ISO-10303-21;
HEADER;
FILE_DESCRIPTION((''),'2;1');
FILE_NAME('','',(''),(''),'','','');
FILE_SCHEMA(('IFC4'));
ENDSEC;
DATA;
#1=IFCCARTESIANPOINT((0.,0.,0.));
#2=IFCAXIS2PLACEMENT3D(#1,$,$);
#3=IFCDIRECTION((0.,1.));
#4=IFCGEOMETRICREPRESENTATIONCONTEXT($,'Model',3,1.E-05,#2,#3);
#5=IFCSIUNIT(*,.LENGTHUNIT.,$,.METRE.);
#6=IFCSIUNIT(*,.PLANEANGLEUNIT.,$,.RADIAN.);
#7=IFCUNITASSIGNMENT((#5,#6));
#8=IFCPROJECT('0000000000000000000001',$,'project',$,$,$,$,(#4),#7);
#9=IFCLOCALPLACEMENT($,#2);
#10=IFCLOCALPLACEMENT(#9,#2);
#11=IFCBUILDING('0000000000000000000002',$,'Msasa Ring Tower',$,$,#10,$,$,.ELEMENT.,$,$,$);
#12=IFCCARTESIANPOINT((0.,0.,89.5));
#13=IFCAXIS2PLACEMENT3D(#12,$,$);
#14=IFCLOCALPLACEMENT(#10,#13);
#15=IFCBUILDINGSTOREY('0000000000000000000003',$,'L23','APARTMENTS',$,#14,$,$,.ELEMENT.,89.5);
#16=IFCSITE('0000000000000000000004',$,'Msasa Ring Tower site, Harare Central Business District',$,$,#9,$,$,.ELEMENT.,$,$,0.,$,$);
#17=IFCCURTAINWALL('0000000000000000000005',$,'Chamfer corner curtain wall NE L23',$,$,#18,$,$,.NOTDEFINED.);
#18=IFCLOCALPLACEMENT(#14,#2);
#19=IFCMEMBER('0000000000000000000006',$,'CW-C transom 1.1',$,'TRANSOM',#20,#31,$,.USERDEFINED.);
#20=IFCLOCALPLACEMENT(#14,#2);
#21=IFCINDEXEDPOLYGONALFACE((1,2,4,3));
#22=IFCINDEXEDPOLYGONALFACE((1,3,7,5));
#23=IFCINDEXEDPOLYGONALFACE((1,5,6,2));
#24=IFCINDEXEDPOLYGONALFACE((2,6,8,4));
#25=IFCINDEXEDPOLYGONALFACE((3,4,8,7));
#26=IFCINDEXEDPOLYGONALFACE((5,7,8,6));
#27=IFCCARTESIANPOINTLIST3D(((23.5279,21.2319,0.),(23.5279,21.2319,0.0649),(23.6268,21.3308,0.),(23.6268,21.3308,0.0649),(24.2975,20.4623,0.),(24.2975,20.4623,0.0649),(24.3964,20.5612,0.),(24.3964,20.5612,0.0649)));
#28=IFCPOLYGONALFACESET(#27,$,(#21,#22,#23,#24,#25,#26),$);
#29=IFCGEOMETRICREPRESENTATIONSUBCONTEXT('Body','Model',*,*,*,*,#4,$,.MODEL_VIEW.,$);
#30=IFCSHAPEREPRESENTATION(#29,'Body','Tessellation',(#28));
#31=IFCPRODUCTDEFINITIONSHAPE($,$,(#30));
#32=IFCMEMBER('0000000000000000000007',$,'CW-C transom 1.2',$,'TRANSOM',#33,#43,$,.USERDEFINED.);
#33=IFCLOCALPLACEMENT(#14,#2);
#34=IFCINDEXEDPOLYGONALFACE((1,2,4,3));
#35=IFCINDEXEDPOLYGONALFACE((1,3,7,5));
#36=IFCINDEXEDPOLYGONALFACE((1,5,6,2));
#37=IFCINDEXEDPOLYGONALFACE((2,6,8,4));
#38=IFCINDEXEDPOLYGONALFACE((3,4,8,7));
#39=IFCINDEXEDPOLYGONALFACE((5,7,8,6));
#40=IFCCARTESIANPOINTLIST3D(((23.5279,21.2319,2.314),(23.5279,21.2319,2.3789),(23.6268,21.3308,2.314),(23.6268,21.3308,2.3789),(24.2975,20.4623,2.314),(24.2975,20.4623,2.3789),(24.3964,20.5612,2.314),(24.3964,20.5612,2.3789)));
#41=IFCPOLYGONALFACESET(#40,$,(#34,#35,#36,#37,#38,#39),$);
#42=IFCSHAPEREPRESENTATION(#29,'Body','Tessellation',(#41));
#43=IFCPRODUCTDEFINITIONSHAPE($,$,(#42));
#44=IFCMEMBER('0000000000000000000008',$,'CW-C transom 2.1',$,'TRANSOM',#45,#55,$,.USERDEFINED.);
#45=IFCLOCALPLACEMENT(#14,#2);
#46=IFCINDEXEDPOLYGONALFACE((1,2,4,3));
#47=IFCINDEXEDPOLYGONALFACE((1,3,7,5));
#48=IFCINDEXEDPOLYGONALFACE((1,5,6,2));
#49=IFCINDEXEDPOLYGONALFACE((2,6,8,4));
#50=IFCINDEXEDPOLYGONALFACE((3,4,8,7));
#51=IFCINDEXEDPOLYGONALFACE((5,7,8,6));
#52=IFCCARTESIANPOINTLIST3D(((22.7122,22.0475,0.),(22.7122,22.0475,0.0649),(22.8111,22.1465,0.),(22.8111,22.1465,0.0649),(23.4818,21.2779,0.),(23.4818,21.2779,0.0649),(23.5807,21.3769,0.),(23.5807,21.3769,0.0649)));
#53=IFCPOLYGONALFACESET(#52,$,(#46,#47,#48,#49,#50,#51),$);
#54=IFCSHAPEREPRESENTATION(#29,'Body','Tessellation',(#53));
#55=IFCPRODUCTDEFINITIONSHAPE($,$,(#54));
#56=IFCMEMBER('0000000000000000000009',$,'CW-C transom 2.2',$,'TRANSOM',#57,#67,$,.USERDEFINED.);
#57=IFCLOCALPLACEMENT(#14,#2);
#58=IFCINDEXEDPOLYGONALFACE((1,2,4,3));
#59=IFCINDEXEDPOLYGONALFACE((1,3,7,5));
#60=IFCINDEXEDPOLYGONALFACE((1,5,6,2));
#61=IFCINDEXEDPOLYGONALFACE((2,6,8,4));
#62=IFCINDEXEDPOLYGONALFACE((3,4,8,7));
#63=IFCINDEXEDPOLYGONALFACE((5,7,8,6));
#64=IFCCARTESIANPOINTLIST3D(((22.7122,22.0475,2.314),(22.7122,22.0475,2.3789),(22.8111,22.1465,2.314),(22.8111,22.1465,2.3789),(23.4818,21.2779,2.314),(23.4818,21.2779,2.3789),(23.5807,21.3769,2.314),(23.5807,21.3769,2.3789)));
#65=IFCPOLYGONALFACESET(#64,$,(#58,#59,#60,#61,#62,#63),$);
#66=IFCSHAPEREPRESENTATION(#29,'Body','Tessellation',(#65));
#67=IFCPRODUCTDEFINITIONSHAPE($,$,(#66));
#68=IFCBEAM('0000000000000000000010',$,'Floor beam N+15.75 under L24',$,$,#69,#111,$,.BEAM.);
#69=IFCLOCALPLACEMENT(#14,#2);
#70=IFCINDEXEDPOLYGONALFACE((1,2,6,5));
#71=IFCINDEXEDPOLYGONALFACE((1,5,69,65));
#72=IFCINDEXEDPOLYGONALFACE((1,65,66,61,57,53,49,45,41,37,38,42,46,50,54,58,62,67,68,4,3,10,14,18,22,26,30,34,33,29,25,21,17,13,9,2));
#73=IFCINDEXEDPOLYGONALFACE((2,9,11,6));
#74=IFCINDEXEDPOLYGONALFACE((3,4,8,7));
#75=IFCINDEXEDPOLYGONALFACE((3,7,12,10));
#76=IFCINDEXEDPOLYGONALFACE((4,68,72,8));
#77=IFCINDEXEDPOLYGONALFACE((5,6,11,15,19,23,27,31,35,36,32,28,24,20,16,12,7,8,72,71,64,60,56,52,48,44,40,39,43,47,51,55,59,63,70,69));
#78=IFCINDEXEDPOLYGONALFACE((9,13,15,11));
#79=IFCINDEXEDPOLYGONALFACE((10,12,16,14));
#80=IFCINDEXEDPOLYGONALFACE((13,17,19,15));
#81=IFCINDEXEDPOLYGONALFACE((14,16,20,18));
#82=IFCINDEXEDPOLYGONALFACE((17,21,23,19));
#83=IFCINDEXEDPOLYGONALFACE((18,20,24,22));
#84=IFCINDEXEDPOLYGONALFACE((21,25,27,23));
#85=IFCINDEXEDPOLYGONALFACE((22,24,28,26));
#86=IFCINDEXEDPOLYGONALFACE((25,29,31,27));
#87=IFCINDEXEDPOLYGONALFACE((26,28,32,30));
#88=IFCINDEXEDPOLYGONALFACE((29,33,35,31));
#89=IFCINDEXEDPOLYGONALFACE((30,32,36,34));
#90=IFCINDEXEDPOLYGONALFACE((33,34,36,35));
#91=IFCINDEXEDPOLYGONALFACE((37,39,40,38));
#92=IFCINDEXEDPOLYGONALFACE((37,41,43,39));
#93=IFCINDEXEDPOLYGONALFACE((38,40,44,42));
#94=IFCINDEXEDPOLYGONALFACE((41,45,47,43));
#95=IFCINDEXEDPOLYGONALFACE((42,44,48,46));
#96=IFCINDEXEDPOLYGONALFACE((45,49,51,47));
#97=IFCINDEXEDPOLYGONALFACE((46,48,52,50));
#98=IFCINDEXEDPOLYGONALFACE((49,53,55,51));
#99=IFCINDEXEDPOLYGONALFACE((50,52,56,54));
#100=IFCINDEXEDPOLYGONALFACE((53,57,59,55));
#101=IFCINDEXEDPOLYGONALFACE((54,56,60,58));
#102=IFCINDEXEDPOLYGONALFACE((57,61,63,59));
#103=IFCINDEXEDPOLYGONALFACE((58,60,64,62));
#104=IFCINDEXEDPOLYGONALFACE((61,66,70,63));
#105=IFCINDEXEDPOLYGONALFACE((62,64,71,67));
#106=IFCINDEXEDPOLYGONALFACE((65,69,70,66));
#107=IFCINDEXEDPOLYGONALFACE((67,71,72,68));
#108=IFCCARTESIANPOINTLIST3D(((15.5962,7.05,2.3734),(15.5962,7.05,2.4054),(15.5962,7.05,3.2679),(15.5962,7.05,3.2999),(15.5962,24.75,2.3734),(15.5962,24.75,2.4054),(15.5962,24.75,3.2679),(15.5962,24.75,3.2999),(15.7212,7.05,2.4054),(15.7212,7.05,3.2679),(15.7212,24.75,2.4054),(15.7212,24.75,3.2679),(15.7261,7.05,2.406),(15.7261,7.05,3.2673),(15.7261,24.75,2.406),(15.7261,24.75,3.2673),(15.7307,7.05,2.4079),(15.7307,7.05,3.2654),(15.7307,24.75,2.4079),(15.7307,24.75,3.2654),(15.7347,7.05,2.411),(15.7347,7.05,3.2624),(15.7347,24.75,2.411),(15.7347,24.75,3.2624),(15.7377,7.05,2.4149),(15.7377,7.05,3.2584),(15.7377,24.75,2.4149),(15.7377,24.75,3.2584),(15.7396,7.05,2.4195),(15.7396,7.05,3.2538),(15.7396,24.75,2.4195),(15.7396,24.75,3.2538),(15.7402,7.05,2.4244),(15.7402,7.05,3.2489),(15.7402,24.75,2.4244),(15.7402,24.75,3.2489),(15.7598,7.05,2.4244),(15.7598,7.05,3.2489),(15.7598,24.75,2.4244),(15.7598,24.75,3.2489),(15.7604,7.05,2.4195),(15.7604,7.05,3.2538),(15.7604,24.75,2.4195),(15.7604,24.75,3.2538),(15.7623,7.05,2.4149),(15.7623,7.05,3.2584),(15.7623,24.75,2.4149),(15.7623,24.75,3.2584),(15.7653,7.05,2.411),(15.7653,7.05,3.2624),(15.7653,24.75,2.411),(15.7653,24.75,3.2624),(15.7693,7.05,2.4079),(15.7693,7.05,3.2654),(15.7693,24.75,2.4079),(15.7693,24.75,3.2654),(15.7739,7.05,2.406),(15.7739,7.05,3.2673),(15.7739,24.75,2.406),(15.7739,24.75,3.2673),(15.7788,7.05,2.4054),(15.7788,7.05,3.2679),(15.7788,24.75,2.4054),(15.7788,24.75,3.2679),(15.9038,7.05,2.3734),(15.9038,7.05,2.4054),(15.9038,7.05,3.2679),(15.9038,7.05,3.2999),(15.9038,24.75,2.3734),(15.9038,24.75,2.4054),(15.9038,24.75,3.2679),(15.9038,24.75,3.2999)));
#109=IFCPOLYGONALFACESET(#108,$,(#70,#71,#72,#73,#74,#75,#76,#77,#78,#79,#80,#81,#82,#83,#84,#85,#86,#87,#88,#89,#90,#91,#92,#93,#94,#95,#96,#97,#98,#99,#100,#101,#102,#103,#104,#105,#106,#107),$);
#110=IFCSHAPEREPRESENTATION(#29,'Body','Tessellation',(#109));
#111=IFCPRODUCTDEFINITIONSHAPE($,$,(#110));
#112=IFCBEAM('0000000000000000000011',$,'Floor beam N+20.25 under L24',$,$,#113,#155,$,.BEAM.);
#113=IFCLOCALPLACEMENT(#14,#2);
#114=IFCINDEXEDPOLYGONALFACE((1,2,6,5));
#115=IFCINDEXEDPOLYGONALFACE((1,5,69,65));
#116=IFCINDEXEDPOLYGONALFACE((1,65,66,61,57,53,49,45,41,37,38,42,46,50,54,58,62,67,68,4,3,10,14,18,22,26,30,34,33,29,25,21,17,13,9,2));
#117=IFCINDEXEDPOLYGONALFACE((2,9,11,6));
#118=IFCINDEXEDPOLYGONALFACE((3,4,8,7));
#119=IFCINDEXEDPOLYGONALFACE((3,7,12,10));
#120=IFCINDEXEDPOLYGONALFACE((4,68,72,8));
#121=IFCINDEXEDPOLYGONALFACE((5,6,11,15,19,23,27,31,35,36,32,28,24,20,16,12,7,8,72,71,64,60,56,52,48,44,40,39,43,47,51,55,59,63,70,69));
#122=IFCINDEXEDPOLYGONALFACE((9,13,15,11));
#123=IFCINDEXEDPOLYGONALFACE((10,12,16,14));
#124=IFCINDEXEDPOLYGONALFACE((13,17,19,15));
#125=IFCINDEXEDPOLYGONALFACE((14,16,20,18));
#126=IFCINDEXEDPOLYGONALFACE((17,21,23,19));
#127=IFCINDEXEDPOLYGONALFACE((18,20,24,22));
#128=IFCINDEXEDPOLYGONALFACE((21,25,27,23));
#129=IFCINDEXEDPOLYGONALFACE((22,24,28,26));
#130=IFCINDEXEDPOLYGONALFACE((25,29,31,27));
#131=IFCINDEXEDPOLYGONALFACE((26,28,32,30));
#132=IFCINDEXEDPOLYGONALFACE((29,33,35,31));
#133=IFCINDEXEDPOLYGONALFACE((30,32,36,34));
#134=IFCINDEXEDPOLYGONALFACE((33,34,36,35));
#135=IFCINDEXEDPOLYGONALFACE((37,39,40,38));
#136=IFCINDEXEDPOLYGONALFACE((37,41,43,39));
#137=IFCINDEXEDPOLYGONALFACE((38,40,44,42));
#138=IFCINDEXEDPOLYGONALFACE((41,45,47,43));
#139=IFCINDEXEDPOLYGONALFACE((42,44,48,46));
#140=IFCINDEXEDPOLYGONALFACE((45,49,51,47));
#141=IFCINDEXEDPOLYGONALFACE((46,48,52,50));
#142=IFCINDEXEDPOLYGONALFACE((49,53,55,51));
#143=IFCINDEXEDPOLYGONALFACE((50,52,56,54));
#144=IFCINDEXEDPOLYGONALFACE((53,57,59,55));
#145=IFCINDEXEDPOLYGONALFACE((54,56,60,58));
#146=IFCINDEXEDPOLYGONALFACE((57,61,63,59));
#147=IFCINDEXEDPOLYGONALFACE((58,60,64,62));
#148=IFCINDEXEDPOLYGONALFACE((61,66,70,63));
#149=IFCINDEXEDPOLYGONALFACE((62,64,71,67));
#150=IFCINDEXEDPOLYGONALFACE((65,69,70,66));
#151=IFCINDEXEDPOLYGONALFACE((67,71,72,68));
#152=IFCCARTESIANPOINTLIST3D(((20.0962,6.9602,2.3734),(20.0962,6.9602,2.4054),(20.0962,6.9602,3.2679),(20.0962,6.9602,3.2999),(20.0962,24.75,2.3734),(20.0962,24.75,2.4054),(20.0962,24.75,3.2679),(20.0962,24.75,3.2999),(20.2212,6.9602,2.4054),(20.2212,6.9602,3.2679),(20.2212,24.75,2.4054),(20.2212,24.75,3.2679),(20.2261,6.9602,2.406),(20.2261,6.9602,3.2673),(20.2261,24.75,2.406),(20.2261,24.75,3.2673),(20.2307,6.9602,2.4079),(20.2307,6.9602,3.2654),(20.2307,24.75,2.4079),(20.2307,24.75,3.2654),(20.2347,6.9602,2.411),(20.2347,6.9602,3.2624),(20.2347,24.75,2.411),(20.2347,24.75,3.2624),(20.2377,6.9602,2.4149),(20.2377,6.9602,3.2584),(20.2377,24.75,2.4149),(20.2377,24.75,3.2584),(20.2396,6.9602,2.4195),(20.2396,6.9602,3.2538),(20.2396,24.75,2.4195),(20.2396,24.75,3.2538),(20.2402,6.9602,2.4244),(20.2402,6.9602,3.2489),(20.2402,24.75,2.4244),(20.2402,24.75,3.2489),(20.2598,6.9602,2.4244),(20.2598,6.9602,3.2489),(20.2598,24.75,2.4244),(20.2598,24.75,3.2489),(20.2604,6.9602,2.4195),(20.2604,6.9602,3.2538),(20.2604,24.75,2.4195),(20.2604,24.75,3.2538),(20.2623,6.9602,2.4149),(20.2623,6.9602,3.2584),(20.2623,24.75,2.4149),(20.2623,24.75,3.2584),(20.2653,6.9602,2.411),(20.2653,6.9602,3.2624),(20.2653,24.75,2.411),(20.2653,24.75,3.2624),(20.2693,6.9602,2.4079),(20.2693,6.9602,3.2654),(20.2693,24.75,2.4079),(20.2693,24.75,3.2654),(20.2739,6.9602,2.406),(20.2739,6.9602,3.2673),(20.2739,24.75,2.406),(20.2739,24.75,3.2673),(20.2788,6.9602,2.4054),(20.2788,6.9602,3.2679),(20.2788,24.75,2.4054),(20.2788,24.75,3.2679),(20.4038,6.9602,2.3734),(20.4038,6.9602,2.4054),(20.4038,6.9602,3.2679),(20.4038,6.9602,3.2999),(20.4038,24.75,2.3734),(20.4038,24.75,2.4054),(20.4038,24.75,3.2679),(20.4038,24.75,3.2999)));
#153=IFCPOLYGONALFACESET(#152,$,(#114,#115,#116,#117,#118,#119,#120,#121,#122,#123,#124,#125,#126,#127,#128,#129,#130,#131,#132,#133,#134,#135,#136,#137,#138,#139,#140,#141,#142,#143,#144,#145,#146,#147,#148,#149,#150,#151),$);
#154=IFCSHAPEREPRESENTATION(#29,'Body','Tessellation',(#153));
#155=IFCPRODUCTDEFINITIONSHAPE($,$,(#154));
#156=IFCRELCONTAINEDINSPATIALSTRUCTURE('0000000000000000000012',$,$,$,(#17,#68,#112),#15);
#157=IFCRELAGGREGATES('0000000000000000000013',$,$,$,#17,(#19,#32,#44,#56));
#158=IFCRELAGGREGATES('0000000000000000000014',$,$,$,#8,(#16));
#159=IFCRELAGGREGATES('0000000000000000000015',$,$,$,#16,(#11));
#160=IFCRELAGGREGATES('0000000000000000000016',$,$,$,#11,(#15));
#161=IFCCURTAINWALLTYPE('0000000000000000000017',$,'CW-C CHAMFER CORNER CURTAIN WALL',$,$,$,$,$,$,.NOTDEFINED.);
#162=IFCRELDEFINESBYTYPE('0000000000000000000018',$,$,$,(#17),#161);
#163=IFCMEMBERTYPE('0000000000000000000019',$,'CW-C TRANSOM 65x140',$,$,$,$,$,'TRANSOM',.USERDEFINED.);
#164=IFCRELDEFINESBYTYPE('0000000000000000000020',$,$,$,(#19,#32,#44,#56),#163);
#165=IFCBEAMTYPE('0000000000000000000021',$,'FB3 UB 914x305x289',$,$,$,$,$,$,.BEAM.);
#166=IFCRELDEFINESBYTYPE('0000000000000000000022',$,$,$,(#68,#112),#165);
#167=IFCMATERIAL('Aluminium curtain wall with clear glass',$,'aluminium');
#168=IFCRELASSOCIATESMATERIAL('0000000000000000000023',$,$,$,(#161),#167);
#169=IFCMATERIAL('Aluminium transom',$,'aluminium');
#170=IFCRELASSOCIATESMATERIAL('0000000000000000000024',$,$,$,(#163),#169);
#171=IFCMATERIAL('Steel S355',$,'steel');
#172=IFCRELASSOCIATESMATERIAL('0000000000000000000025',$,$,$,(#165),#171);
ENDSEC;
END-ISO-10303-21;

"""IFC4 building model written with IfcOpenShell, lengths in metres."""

from ifc_helpers import new_model, si_unit, direction, frame, origin, origin_2d, place, context, subcontext, project, spatial, rectangle, i_section, extrude, material, material_profile, profile_set, type_object, element, aggregate, save


model = new_model("IFC4")

# Units and contexts
model_context = context("Model", 3, precision=1e-05, world=origin(), true_north=direction((0.0, 1.0)))
body_context = subcontext(model_context, "Body", "Model", "MODEL_VIEW")
ifc_project = project(units=[si_unit("LENGTHUNIT", "METRE"), si_unit("PLANEANGLEUNIT", "RADIAN")], contexts=[model_context])

# Site, building, storey
site_placement = place(None, origin())
site = spatial("IfcSite", under=ifc_project, at=site_placement, Name="Msasa Ring Tower site, Harare Central Business District", CompositionType="ELEMENT", RefElevation=0.0)
building_placement = place(site_placement, origin())
building = spatial("IfcBuilding", under=site, at=building_placement, Name="Msasa Ring Tower", CompositionType="ELEMENT")
storey_placement = place(building_placement, frame((0.0, 0.0, 89.5)))
storey = spatial("IfcBuildingStorey", under=building, at=storey_placement, Name="L23", Description="APARTMENTS", CompositionType="ELEMENT", Elevation=89.5)

# Curtain wall
ifc_material_1 = material(Name="Aluminium curtain wall with clear glass", Category="aluminium")
curtain_wall_type = type_object("IfcCurtainWallType", Name="CW-C CHAMFER CORNER CURTAIN WALL", PredefinedType="NOTDEFINED", material=ifc_material_1)
curtain_wall_1_placement = place(storey_placement, origin())
curtain_wall_1 = element("IfcCurtainWall", 1, at=curtain_wall_1_placement, inside=storey, type_object=curtain_wall_type, Name="Chamfer corner curtain wall NE L23", PredefinedType="NOTDEFINED")

# Members
ifc_material_2 = material(Name="Aluminium transom", Category="aluminium")
ifc_material_profile_1 = material_profile(ifc_material_2, rectangle(XDim=0.1399, YDim=0.0649, at=origin_2d()), Name="AL 65x140")
ifc_profile_set_1 = profile_set([ifc_material_profile_1], Name="Aluminium transom")
member_type_1 = type_object("IfcMemberType", Name="CW-C TRANSOM 65x140", ElementType="TRANSOM", PredefinedType="USERDEFINED", material=ifc_profile_set_1)
member_1_placement = place(storey_placement, frame((24.3469, 20.5117, 0.0325), z_axis=(-0.707107, 0.707107, 0.0), x_axis=(-0.707107, -0.707107, 0.0)))
member_1 = element("IfcMember", 2, at=member_1_placement, type_object=member_type_1, Name="CW-C transom 1.1", ObjectType="TRANSOM", PredefinedType="USERDEFINED", context=body_context, shape_type="SweptSolid", body=[
    extrude(rectangle(XDim=0.1399, YDim=0.0649, at=origin_2d()), origin(), (0.0, 0.0, 1.0), 1.0884),
])
member_2_placement = place(storey_placement, frame((24.3469, 20.5117, 2.3464), z_axis=(-0.707107, 0.707107, 0.0), x_axis=(-0.707107, -0.707107, 0.0)))
member_2 = element("IfcMember", 3, at=member_2_placement, type_object=member_type_1, Name="CW-C transom 1.2", ObjectType="TRANSOM", PredefinedType="USERDEFINED", context=body_context, shape_type="SweptSolid", body=[
    extrude(rectangle(XDim=0.1399, YDim=0.0649, at=origin_2d()), origin(), (0.0, 0.0, 1.0), 1.0884),
])
member_3_placement = place(storey_placement, frame((23.5312, 21.3274, 0.0325), z_axis=(-0.707107, 0.707107, 0.0), x_axis=(-0.707107, -0.707107, 0.0)))
member_3 = element("IfcMember", 4, at=member_3_placement, type_object=member_type_1, Name="CW-C transom 2.1", ObjectType="TRANSOM", PredefinedType="USERDEFINED", context=body_context, shape_type="SweptSolid", body=[
    extrude(rectangle(XDim=0.1399, YDim=0.0649, at=origin_2d()), origin(), (0.0, 0.0, 1.0), 1.0884),
])
member_4_placement = place(storey_placement, frame((23.5312, 21.3274, 2.3464), z_axis=(-0.707107, 0.707107, 0.0), x_axis=(-0.707107, -0.707107, 0.0)))
member_4 = element("IfcMember", 5, at=member_4_placement, type_object=member_type_1, Name="CW-C transom 2.2", ObjectType="TRANSOM", PredefinedType="USERDEFINED", context=body_context, shape_type="SweptSolid", body=[
    extrude(rectangle(XDim=0.1399, YDim=0.0649, at=origin_2d()), origin(), (0.0, 0.0, 1.0), 1.0884),
])

# Beams
ifc_material_3 = material(Name="Steel S355", Category="steel")
ifc_material_profile_2 = material_profile(ifc_material_3, i_section(OverallWidth=0.3076, OverallDepth=0.9265, WebThickness=0.0195, FlangeThickness=0.032, FilletRadius=0.019, at=origin_2d()), Name="UB 914x305x289")
ifc_profile_set_2 = profile_set([ifc_material_profile_2], Name="Steel S355")
beam_type_1 = type_object("IfcBeamType", Name="FB3 UB 914x305x289", PredefinedType="BEAM", material=ifc_profile_set_2)
beam_1_placement = place(storey_placement, frame((15.75, 24.75, 2.8367), z_axis=(0.0, -1.0, 0.0), x_axis=(1.0, 0.0, 0.0)))
element("IfcBeam", 6, at=beam_1_placement, inside=storey, type_object=beam_type_1, Name="Floor beam N+15.75 under L24", PredefinedType="BEAM", context=body_context, shape_type="SweptSolid", body=[
    extrude(i_section(OverallWidth=0.3076, OverallDepth=0.9265, WebThickness=0.0195, FlangeThickness=0.032, FilletRadius=0.019, at=origin_2d()), origin(), (0.0, 0.0, 1.0), 17.7),
])
beam_2_placement = place(storey_placement, frame((20.25, 24.75, 2.8367), z_axis=(0.0, -1.0, 0.0), x_axis=(1.0, 0.0, 0.0)))
element("IfcBeam", 7, at=beam_2_placement, inside=storey, type_object=beam_type_1, Name="Floor beam N+20.25 under L24", PredefinedType="BEAM", context=body_context, shape_type="SweptSolid", body=[
    extrude(i_section(OverallWidth=0.3076, OverallDepth=0.9265, WebThickness=0.0195, FlangeThickness=0.032, FilletRadius=0.019, at=origin_2d()), origin(), (0.0, 0.0, 1.0), 17.7898),
])

aggregate(curtain_wall_1, [member_1, member_2, member_3, member_4])

save(model, "model.ifc")
